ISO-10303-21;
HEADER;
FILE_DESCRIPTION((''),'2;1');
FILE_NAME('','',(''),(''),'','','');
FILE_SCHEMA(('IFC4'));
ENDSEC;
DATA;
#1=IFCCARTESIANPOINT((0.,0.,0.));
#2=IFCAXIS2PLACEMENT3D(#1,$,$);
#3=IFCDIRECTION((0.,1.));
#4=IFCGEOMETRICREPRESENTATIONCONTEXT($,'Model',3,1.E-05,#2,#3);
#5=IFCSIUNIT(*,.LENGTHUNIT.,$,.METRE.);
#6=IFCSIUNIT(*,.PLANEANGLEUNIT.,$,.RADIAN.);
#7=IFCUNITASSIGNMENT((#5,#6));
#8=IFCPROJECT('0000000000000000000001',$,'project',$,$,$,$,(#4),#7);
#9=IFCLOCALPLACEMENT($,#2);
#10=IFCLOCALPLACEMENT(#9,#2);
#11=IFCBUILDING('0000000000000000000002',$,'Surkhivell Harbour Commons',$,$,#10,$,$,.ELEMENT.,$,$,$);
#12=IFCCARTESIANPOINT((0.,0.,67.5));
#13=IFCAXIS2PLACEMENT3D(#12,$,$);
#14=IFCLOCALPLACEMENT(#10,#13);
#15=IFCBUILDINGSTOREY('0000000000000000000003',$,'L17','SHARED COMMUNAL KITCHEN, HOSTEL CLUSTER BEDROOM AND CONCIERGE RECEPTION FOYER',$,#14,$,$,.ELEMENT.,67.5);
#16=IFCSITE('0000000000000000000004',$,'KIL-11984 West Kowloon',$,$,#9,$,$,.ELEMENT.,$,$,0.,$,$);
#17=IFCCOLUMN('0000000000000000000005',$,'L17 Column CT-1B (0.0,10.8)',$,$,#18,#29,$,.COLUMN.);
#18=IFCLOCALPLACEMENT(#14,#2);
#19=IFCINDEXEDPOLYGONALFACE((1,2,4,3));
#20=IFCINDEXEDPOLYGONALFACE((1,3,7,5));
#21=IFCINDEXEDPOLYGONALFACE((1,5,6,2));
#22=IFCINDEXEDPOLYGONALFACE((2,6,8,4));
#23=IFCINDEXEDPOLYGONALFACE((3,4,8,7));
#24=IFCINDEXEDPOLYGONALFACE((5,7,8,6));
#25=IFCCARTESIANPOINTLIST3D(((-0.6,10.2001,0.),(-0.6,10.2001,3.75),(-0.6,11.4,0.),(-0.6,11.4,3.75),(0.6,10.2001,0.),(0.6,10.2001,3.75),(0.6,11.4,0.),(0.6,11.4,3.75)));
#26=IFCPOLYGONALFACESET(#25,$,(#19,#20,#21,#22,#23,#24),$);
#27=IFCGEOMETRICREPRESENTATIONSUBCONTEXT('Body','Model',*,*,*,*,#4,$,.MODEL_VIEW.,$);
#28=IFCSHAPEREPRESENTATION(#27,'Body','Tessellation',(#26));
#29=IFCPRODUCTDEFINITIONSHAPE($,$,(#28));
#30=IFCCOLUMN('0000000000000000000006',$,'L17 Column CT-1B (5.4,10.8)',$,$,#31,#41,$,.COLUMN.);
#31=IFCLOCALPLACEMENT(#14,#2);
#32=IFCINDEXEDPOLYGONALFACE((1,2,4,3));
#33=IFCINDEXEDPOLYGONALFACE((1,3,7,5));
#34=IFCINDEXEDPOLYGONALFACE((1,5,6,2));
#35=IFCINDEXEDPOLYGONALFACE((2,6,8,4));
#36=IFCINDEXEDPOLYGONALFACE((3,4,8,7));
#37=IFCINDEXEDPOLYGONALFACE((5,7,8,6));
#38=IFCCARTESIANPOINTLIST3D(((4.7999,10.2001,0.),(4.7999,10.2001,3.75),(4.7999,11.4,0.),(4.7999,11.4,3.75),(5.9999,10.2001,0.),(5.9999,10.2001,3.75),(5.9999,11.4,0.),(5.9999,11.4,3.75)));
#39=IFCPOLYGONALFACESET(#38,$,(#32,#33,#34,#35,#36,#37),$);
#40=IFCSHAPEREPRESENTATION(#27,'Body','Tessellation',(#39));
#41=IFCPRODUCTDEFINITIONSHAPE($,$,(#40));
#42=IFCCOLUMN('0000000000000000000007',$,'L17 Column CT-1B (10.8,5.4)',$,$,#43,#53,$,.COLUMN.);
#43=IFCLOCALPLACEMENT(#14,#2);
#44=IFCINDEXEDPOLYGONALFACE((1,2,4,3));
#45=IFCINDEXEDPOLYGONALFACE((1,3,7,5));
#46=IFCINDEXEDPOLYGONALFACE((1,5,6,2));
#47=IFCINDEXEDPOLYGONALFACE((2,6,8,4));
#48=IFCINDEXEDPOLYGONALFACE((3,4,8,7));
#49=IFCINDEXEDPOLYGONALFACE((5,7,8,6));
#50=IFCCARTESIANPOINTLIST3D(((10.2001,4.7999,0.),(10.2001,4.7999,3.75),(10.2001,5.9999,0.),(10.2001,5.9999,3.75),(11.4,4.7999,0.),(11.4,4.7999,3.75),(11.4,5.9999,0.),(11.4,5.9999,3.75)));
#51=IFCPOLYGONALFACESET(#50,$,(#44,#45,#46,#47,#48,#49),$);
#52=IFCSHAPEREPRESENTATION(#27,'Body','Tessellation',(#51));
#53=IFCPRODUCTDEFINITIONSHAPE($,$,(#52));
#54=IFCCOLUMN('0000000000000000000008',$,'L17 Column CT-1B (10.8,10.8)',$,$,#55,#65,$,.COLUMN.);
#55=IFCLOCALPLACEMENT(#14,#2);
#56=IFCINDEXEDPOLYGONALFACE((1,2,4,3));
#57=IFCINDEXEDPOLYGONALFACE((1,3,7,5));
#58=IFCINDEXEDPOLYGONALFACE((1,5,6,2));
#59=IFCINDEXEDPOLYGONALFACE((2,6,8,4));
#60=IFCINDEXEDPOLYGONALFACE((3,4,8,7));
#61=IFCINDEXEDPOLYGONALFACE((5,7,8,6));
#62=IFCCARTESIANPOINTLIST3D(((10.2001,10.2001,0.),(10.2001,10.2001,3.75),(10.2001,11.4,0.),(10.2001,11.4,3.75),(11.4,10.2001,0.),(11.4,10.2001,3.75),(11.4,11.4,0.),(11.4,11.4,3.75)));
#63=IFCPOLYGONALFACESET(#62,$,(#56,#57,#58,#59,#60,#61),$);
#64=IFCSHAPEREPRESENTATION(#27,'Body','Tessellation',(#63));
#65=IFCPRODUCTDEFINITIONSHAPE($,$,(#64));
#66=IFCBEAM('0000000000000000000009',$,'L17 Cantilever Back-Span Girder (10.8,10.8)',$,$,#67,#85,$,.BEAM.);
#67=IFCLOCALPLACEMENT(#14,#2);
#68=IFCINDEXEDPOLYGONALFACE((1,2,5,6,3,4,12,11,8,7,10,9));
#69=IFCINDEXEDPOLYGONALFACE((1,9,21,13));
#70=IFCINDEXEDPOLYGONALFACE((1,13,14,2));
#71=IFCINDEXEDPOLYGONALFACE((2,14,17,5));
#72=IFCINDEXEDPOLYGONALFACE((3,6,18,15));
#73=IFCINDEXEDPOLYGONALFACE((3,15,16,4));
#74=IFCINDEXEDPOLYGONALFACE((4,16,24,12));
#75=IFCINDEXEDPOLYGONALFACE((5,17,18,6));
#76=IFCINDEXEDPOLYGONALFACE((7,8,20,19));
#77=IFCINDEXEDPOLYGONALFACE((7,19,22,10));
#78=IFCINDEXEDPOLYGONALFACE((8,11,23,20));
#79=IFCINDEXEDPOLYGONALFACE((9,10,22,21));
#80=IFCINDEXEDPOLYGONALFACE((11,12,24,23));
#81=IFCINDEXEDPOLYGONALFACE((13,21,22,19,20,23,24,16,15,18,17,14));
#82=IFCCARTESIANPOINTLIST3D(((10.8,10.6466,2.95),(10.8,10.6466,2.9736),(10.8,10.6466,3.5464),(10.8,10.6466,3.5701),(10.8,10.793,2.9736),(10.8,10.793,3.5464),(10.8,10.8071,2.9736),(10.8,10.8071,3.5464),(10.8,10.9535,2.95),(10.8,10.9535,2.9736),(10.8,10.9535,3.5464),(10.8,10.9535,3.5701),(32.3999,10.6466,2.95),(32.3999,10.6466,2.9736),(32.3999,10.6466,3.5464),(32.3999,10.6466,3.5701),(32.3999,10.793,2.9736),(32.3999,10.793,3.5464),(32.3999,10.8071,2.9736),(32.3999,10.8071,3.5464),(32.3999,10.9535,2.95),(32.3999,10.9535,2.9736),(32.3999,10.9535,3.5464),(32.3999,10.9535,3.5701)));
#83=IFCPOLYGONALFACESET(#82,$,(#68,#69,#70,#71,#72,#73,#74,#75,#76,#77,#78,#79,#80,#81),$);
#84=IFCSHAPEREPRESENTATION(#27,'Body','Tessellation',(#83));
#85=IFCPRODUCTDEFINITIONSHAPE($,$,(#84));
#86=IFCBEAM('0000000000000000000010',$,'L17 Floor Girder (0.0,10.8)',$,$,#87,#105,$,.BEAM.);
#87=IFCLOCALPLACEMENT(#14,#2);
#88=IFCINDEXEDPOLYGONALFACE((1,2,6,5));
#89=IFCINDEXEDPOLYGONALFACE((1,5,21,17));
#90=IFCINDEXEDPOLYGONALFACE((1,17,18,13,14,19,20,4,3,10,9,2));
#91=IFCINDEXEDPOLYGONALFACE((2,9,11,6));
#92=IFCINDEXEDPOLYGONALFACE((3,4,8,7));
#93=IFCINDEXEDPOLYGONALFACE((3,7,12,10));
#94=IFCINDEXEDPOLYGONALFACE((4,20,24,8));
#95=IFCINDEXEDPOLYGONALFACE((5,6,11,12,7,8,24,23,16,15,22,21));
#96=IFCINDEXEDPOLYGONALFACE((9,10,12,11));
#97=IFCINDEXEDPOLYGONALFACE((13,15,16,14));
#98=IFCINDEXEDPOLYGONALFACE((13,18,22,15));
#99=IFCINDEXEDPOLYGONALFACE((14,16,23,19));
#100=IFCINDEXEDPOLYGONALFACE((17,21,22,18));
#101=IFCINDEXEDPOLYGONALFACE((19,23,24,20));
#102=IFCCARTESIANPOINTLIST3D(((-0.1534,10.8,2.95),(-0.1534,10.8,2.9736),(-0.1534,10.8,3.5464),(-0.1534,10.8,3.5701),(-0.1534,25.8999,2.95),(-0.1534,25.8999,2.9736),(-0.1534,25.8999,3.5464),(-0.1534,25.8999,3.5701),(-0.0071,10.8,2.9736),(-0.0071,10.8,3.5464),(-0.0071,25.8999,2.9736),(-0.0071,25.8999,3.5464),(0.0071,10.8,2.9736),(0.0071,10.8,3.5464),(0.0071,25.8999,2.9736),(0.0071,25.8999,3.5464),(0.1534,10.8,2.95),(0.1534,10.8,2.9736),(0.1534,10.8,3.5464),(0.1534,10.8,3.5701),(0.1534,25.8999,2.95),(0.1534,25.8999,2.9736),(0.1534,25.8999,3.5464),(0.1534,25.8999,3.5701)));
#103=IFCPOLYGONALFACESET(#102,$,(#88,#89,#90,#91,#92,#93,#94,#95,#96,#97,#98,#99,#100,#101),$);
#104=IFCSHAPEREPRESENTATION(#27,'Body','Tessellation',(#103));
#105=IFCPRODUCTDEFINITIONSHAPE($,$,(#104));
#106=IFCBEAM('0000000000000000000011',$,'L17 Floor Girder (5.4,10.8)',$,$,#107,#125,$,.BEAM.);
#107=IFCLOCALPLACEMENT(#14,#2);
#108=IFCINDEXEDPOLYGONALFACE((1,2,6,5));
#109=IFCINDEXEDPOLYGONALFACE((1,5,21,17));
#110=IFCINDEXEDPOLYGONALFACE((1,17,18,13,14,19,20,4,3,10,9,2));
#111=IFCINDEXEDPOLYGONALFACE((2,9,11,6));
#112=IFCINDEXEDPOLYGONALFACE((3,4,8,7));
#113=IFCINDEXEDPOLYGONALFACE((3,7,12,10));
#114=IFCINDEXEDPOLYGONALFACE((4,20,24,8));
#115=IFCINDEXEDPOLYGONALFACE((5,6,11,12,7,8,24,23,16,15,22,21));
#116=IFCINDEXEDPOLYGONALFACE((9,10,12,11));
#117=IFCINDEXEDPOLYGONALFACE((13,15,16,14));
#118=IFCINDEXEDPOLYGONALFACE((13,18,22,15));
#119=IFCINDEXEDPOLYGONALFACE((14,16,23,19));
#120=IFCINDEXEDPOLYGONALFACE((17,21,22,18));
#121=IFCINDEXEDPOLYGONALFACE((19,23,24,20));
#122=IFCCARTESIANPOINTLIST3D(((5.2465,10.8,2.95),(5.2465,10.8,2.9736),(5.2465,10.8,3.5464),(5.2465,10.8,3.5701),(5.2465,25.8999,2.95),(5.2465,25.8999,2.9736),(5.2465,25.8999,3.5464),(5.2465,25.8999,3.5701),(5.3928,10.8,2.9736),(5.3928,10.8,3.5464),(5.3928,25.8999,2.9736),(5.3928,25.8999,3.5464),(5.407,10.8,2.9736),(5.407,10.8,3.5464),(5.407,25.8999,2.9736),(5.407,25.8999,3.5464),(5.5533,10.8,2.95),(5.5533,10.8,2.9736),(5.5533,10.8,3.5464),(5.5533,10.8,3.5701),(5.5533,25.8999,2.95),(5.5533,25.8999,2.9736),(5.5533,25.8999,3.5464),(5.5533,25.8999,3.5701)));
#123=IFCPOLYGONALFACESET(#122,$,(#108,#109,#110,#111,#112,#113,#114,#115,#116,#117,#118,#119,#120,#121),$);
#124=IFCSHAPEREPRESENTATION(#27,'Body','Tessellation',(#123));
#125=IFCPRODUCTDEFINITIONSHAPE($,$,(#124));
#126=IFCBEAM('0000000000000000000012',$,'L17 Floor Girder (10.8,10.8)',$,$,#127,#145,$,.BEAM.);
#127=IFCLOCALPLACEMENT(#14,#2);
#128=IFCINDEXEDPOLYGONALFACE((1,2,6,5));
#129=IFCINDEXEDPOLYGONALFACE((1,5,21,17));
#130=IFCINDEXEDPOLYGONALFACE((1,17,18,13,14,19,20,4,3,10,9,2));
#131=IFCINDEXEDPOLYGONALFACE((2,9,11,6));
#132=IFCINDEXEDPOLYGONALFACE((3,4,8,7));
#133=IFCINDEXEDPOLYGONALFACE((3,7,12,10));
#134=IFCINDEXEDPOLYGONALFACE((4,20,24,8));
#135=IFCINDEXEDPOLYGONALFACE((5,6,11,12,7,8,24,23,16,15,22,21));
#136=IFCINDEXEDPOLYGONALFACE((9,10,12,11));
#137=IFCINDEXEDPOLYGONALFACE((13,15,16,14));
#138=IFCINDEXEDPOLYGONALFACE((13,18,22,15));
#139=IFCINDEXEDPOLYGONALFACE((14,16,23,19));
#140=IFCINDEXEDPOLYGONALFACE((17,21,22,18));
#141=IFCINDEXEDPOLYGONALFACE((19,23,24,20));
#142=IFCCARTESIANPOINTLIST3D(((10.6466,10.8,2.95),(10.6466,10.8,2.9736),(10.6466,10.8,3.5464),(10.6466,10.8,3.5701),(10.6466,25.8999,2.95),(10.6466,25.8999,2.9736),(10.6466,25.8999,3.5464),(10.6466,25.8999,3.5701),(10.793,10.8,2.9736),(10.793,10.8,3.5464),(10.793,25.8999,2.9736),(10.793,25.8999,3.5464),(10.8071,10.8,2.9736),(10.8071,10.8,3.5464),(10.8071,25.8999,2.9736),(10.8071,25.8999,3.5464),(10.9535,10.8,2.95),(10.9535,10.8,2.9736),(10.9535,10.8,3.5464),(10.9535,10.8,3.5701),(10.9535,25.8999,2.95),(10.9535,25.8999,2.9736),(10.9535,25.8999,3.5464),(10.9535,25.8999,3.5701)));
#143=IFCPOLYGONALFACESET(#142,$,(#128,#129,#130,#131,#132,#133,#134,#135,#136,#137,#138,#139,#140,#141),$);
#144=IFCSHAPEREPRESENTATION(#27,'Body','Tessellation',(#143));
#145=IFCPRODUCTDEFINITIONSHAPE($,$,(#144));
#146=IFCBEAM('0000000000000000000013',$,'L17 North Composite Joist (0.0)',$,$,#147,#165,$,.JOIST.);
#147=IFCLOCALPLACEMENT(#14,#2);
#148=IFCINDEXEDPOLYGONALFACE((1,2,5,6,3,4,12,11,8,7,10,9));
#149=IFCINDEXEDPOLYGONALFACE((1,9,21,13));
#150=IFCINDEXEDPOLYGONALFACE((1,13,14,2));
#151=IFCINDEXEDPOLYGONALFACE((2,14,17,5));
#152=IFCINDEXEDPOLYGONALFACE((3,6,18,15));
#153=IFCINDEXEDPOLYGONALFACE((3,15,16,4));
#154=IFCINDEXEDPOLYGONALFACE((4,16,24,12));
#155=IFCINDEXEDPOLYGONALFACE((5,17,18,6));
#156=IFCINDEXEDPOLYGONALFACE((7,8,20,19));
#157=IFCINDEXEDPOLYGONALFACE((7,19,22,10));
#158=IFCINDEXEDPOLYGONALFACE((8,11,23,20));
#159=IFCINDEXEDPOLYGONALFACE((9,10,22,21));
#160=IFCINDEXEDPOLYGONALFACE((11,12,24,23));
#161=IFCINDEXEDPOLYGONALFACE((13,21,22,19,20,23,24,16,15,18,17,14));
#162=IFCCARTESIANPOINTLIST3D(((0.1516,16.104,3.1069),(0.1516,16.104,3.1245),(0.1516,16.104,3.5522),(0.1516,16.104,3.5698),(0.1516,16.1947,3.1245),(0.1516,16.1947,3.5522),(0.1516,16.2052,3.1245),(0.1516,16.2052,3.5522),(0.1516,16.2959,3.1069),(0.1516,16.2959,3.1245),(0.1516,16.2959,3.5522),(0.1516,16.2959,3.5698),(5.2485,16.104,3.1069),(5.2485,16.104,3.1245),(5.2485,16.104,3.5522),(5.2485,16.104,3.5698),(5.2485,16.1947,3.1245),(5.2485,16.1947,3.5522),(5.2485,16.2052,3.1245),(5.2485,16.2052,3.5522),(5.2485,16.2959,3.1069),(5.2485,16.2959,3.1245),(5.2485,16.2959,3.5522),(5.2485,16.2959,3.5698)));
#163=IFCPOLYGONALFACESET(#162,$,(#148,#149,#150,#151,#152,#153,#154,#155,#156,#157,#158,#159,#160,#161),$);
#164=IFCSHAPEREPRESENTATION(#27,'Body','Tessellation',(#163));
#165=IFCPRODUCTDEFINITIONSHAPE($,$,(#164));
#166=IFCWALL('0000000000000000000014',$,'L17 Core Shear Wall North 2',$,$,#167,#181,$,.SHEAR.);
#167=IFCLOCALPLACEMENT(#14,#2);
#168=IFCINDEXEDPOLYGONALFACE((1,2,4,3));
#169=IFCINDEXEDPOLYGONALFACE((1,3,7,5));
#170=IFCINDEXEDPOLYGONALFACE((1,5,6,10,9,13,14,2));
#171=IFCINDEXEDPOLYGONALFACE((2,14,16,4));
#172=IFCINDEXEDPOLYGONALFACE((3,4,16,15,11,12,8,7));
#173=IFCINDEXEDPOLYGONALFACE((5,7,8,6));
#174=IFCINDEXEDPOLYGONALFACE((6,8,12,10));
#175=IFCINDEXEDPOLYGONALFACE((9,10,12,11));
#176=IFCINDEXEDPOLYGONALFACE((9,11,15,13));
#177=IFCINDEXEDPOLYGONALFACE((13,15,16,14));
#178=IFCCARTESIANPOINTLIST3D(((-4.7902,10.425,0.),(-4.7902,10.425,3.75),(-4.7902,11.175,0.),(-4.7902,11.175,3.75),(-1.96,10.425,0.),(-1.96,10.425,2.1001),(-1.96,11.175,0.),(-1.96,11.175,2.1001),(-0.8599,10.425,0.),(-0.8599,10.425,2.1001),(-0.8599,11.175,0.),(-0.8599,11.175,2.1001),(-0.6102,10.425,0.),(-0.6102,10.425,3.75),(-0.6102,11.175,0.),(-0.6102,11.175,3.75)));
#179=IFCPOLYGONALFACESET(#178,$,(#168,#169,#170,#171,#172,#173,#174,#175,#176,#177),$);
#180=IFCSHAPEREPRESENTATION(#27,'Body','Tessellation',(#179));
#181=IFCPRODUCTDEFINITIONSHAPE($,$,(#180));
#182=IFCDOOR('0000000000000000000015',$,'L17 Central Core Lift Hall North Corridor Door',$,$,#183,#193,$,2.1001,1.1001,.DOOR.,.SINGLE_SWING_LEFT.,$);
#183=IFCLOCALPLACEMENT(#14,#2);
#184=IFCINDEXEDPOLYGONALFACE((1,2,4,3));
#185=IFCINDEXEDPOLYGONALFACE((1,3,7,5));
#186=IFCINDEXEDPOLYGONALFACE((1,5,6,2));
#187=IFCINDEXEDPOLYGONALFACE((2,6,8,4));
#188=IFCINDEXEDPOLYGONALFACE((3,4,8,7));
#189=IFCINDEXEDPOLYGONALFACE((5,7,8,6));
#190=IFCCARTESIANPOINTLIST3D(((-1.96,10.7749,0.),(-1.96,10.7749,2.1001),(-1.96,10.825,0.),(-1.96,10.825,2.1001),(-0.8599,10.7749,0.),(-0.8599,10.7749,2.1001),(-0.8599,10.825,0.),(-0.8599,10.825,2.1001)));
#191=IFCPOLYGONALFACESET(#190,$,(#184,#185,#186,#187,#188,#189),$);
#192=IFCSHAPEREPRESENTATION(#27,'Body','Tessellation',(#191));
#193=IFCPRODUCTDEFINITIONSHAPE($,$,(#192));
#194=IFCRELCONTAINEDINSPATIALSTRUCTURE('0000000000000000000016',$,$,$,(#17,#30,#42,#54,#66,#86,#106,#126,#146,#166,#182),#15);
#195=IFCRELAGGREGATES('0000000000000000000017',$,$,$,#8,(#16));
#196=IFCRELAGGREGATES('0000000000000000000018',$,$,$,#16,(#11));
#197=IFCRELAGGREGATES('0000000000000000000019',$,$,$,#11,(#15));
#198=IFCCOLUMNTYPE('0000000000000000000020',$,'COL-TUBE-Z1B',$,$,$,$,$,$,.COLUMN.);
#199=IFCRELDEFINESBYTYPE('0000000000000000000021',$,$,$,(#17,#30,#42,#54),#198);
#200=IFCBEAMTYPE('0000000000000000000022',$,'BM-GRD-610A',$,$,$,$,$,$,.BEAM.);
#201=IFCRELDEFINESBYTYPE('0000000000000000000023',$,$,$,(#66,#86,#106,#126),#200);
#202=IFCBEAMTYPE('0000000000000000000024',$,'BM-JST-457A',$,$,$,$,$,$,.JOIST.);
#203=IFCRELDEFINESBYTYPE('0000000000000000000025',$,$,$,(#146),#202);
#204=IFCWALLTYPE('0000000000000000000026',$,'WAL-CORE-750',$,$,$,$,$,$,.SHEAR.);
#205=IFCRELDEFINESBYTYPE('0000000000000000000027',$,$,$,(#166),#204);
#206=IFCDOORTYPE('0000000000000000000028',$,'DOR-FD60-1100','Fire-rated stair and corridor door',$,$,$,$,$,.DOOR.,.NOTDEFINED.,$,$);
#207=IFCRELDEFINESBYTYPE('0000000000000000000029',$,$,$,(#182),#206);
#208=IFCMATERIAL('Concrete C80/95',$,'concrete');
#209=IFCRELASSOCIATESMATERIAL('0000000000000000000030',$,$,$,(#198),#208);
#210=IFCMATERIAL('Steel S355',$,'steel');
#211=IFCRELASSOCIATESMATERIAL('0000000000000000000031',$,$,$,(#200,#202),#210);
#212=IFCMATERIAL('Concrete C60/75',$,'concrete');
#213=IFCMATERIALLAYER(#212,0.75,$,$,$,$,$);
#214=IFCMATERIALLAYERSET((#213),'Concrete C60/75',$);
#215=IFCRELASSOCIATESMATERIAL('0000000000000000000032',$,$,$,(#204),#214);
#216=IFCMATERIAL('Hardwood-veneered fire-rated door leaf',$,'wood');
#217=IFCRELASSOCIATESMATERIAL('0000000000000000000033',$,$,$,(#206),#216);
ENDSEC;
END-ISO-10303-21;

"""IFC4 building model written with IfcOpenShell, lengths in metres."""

from ifc_helpers import new_model, si_unit, direction, frame, frame_2d, origin, origin_2d, place, context, subcontext, project, spatial, rectangle, i_section, extrude, material, layer, layer_set, material_profile, profile_set, type_object, element, fill, save


model = new_model("IFC4")

# Units and contexts
model_context = context("Model", 3, precision=1e-05, world=origin(), true_north=direction((0.0, 1.0)))
body_context = subcontext(model_context, "Body", "Model", "MODEL_VIEW")
ifc_project = project(units=[si_unit("LENGTHUNIT", "METRE"), si_unit("PLANEANGLEUNIT", "RADIAN")], contexts=[model_context])

# Site, building, storey
site_placement = place(None, origin())
site = spatial("IfcSite", under=ifc_project, at=site_placement, Name="KIL-11984 West Kowloon", CompositionType="ELEMENT", RefElevation=0.0)
building_placement = place(site_placement, origin())
building = spatial("IfcBuilding", under=site, at=building_placement, Name="Surkhivell Harbour Commons", CompositionType="ELEMENT")
storey_placement = place(building_placement, frame((0.0, 0.0, 67.5)))
storey = spatial("IfcBuildingStorey", under=building, at=storey_placement, Name="L17", Description="SHARED COMMUNAL KITCHEN, HOSTEL CLUSTER BEDROOM AND CONCIERGE RECEPTION FOYER", CompositionType="ELEMENT", Elevation=67.5)

# Columns
ifc_material_1 = material(Name="Concrete C80/95", Category="concrete")
ifc_material_profile_1 = material_profile(ifc_material_1, rectangle(XDim=1.2, YDim=1.2, at=origin_2d()), Name="RC-COL-1200x1200")
ifc_profile_set_1 = profile_set([ifc_material_profile_1], Name="Concrete C80/95")
column_type = type_object("IfcColumnType", Name="COL-TUBE-Z1B", PredefinedType="COLUMN", material=ifc_profile_set_1)
for number, where, z_axis, x_axis, name in (
    (1, (0.0, 10.8, 0.0), (0.0, 0.0, 1.0), (1.0, 0.0, 0.0), "L17 Column CT-1B (0.0,10.8)"),
    (2, (5.3999, 10.8, 0.0), (0.0, 0.0, 1.0), (1.0, 0.0, 0.0), "L17 Column CT-1B (5.4,10.8)"),
    (3, (10.8, 5.3999, 0.0), (0.0, 0.0, 1.0), (1.0, 0.0, 0.0), "L17 Column CT-1B (10.8,5.4)"),
    (4, (10.8, 10.8, 0.0), (0.0, 0.0, 1.0), (1.0, 0.0, 0.0), "L17 Column CT-1B (10.8,10.8)"),
):
    element("IfcColumn", number, at=place(storey_placement, frame(where, z_axis=z_axis, x_axis=x_axis)), inside=storey, type_object=column_type, Name=name, PredefinedType="COLUMN", context=body_context, shape_type="SweptSolid", body=[
        extrude(rectangle(XDim=1.2, YDim=1.2, at=origin_2d()), origin(), (0.0, 0.0, 1.0), 3.75),
    ])

# Beams
ifc_material_2 = material(Name="Steel S355", Category="steel")
ifc_material_profile_2 = material_profile(ifc_material_2, i_section(OverallWidth=0.3069, OverallDepth=0.6201, WebThickness=0.0142, FlangeThickness=0.0237, at=origin_2d()), Name="UB610x305x179")
ifc_profile_set_2 = profile_set([ifc_material_profile_2], Name="Steel S355")
beam_type_1 = type_object("IfcBeamType", Name="BM-GRD-610A", PredefinedType="BEAM", material=ifc_profile_set_2)
beam_1_placement = place(storey_placement, frame((10.8, 10.8, 3.26), z_axis=(1.0, 0.0, 0.0), x_axis=(0.0, 1.0, 0.0)))
element("IfcBeam", 5, at=beam_1_placement, inside=storey, type_object=beam_type_1, Name="L17 Cantilever Back-Span Girder (10.8,10.8)", PredefinedType="BEAM", context=body_context, shape_type="SweptSolid", body=[
    extrude(i_section(OverallWidth=0.3069, OverallDepth=0.6201, WebThickness=0.0142, FlangeThickness=0.0237, at=origin_2d()), origin(), (0.0, 0.0, 1.0), 21.5999),
])
for number, where, z_axis, x_axis, name in (
    (6, (0.0, 10.8, 3.26), (0.0, 1.0, 0.0), (-1.0, 0.0, 0.0), "L17 Floor Girder (0.0,10.8)"),
    (7, (5.3999, 10.8, 3.26), (0.0, 1.0, 0.0), (-1.0, 0.0, 0.0), "L17 Floor Girder (5.4,10.8)"),
    (8, (10.8, 10.8, 3.26), (0.0, 1.0, 0.0), (-1.0, 0.0, 0.0), "L17 Floor Girder (10.8,10.8)"),
):
    element("IfcBeam", number, at=place(storey_placement, frame(where, z_axis=z_axis, x_axis=x_axis)), inside=storey, type_object=beam_type_1, Name=name, PredefinedType="BEAM", context=body_context, shape_type="SweptSolid", body=[
        extrude(i_section(OverallWidth=0.3069, OverallDepth=0.6201, WebThickness=0.0142, FlangeThickness=0.0237, at=origin_2d()), origin(), (0.0, 0.0, 1.0), 15.0999),
    ])
ifc_material_profile_3 = material_profile(ifc_material_2, i_section(OverallWidth=0.1919, OverallDepth=0.4629, WebThickness=0.0105, FlangeThickness=0.0176, at=origin_2d()), Name="UB457x191x89")
ifc_profile_set_3 = profile_set([ifc_material_profile_3], Name="Steel S355")
beam_type_2 = type_object("IfcBeamType", Name="BM-JST-457A", PredefinedType="JOIST", material=ifc_profile_set_3)
beam_2_placement = place(storey_placement, frame((0.1516, 16.2, 3.3384), z_axis=(1.0, 0.0, 0.0), x_axis=(0.0, 1.0, 0.0)))
element("IfcBeam", 9, at=beam_2_placement, inside=storey, type_object=beam_type_2, Name="L17 North Composite Joist (0.0)", PredefinedType="JOIST", context=body_context, shape_type="SweptSolid", body=[
    extrude(i_section(OverallWidth=0.1919, OverallDepth=0.4629, WebThickness=0.0105, FlangeThickness=0.0176, at=origin_2d()), origin(), (0.0, 0.0, 1.0), 5.0969),
])

# Wall, opening, door
ifc_material_3 = material(Name="Concrete C60/75", Category="concrete")
ifc_layer_1 = layer(ifc_material_3, 0.75)
ifc_layer_set_1 = layer_set([ifc_layer_1], Name="Concrete C60/75")
wall_type_1 = type_object("IfcWallType", Name="WAL-CORE-750", PredefinedType="SHEAR", material=ifc_layer_set_1)
wall_1_placement = place(storey_placement, frame((-4.79, 10.8, 0.0), z_axis=(0.0, 0.0, 1.0), x_axis=(1.0, 0.0, 0.0)))
wall_1 = element("IfcWall", 10, at=wall_1_placement, inside=storey, type_object=wall_type_1, Name="L17 Core Shear Wall North 2", PredefinedType="SHEAR", context=body_context, shape_type="SweptSolid", body=[
    extrude(rectangle(XDim=4.1799, YDim=0.75, at=frame_2d((2.0898, 0.0))), origin(), (0.0, 0.0, 1.0), 3.75),
])
opening_1_placement = place(wall_1_placement, frame((2.8301, 0.0, 0.0)))
opening_1 = element("IfcOpeningElement", 11, at=opening_1_placement, cuts=wall_1, PredefinedType="OPENING", context=body_context, shape_type="SweptSolid", body=[
    extrude(rectangle(XDim=1.1001, YDim=2.1001, at=frame_2d((0.55, 1.05))), frame((0.0, 0.385, 0.0), z_axis=(0.0, -1.0, 0.0), x_axis=(1.0, 0.0, 0.0)), (0.0, 0.0, 1.0), 0.77),
])
ifc_material_4 = material(Name="Hardwood-veneered fire-rated door leaf", Category="wood")
door_type_1 = type_object("IfcDoorType", Name="DOR-FD60-1100", Description="Fire-rated stair and corridor door", OperationType="NOTDEFINED", PredefinedType="DOOR", material=ifc_material_4)
door_1_placement = place(opening_1_placement, origin())
door_1 = element("IfcDoor", 12, at=door_1_placement, inside=storey, type_object=door_type_1, Name="L17 Central Core Lift Hall North Corridor Door", OperationType="SINGLE_SWING_LEFT", OverallHeight=2.1001, OverallWidth=1.1001, PredefinedType="DOOR", context=body_context, shape_type="SweptSolid", body=[
    extrude(rectangle(XDim=1.1001, YDim=2.1001, at=frame_2d((0.55, 1.05))), frame((0.0, 0.0249, 0.0), z_axis=(0.0, -1.0, 0.0), x_axis=(1.0, 0.0, 0.0)), (0.0, 0.0, 1.0), 0.05),
])
fill(opening_1, door_1)

save(model, "model.ifc")
